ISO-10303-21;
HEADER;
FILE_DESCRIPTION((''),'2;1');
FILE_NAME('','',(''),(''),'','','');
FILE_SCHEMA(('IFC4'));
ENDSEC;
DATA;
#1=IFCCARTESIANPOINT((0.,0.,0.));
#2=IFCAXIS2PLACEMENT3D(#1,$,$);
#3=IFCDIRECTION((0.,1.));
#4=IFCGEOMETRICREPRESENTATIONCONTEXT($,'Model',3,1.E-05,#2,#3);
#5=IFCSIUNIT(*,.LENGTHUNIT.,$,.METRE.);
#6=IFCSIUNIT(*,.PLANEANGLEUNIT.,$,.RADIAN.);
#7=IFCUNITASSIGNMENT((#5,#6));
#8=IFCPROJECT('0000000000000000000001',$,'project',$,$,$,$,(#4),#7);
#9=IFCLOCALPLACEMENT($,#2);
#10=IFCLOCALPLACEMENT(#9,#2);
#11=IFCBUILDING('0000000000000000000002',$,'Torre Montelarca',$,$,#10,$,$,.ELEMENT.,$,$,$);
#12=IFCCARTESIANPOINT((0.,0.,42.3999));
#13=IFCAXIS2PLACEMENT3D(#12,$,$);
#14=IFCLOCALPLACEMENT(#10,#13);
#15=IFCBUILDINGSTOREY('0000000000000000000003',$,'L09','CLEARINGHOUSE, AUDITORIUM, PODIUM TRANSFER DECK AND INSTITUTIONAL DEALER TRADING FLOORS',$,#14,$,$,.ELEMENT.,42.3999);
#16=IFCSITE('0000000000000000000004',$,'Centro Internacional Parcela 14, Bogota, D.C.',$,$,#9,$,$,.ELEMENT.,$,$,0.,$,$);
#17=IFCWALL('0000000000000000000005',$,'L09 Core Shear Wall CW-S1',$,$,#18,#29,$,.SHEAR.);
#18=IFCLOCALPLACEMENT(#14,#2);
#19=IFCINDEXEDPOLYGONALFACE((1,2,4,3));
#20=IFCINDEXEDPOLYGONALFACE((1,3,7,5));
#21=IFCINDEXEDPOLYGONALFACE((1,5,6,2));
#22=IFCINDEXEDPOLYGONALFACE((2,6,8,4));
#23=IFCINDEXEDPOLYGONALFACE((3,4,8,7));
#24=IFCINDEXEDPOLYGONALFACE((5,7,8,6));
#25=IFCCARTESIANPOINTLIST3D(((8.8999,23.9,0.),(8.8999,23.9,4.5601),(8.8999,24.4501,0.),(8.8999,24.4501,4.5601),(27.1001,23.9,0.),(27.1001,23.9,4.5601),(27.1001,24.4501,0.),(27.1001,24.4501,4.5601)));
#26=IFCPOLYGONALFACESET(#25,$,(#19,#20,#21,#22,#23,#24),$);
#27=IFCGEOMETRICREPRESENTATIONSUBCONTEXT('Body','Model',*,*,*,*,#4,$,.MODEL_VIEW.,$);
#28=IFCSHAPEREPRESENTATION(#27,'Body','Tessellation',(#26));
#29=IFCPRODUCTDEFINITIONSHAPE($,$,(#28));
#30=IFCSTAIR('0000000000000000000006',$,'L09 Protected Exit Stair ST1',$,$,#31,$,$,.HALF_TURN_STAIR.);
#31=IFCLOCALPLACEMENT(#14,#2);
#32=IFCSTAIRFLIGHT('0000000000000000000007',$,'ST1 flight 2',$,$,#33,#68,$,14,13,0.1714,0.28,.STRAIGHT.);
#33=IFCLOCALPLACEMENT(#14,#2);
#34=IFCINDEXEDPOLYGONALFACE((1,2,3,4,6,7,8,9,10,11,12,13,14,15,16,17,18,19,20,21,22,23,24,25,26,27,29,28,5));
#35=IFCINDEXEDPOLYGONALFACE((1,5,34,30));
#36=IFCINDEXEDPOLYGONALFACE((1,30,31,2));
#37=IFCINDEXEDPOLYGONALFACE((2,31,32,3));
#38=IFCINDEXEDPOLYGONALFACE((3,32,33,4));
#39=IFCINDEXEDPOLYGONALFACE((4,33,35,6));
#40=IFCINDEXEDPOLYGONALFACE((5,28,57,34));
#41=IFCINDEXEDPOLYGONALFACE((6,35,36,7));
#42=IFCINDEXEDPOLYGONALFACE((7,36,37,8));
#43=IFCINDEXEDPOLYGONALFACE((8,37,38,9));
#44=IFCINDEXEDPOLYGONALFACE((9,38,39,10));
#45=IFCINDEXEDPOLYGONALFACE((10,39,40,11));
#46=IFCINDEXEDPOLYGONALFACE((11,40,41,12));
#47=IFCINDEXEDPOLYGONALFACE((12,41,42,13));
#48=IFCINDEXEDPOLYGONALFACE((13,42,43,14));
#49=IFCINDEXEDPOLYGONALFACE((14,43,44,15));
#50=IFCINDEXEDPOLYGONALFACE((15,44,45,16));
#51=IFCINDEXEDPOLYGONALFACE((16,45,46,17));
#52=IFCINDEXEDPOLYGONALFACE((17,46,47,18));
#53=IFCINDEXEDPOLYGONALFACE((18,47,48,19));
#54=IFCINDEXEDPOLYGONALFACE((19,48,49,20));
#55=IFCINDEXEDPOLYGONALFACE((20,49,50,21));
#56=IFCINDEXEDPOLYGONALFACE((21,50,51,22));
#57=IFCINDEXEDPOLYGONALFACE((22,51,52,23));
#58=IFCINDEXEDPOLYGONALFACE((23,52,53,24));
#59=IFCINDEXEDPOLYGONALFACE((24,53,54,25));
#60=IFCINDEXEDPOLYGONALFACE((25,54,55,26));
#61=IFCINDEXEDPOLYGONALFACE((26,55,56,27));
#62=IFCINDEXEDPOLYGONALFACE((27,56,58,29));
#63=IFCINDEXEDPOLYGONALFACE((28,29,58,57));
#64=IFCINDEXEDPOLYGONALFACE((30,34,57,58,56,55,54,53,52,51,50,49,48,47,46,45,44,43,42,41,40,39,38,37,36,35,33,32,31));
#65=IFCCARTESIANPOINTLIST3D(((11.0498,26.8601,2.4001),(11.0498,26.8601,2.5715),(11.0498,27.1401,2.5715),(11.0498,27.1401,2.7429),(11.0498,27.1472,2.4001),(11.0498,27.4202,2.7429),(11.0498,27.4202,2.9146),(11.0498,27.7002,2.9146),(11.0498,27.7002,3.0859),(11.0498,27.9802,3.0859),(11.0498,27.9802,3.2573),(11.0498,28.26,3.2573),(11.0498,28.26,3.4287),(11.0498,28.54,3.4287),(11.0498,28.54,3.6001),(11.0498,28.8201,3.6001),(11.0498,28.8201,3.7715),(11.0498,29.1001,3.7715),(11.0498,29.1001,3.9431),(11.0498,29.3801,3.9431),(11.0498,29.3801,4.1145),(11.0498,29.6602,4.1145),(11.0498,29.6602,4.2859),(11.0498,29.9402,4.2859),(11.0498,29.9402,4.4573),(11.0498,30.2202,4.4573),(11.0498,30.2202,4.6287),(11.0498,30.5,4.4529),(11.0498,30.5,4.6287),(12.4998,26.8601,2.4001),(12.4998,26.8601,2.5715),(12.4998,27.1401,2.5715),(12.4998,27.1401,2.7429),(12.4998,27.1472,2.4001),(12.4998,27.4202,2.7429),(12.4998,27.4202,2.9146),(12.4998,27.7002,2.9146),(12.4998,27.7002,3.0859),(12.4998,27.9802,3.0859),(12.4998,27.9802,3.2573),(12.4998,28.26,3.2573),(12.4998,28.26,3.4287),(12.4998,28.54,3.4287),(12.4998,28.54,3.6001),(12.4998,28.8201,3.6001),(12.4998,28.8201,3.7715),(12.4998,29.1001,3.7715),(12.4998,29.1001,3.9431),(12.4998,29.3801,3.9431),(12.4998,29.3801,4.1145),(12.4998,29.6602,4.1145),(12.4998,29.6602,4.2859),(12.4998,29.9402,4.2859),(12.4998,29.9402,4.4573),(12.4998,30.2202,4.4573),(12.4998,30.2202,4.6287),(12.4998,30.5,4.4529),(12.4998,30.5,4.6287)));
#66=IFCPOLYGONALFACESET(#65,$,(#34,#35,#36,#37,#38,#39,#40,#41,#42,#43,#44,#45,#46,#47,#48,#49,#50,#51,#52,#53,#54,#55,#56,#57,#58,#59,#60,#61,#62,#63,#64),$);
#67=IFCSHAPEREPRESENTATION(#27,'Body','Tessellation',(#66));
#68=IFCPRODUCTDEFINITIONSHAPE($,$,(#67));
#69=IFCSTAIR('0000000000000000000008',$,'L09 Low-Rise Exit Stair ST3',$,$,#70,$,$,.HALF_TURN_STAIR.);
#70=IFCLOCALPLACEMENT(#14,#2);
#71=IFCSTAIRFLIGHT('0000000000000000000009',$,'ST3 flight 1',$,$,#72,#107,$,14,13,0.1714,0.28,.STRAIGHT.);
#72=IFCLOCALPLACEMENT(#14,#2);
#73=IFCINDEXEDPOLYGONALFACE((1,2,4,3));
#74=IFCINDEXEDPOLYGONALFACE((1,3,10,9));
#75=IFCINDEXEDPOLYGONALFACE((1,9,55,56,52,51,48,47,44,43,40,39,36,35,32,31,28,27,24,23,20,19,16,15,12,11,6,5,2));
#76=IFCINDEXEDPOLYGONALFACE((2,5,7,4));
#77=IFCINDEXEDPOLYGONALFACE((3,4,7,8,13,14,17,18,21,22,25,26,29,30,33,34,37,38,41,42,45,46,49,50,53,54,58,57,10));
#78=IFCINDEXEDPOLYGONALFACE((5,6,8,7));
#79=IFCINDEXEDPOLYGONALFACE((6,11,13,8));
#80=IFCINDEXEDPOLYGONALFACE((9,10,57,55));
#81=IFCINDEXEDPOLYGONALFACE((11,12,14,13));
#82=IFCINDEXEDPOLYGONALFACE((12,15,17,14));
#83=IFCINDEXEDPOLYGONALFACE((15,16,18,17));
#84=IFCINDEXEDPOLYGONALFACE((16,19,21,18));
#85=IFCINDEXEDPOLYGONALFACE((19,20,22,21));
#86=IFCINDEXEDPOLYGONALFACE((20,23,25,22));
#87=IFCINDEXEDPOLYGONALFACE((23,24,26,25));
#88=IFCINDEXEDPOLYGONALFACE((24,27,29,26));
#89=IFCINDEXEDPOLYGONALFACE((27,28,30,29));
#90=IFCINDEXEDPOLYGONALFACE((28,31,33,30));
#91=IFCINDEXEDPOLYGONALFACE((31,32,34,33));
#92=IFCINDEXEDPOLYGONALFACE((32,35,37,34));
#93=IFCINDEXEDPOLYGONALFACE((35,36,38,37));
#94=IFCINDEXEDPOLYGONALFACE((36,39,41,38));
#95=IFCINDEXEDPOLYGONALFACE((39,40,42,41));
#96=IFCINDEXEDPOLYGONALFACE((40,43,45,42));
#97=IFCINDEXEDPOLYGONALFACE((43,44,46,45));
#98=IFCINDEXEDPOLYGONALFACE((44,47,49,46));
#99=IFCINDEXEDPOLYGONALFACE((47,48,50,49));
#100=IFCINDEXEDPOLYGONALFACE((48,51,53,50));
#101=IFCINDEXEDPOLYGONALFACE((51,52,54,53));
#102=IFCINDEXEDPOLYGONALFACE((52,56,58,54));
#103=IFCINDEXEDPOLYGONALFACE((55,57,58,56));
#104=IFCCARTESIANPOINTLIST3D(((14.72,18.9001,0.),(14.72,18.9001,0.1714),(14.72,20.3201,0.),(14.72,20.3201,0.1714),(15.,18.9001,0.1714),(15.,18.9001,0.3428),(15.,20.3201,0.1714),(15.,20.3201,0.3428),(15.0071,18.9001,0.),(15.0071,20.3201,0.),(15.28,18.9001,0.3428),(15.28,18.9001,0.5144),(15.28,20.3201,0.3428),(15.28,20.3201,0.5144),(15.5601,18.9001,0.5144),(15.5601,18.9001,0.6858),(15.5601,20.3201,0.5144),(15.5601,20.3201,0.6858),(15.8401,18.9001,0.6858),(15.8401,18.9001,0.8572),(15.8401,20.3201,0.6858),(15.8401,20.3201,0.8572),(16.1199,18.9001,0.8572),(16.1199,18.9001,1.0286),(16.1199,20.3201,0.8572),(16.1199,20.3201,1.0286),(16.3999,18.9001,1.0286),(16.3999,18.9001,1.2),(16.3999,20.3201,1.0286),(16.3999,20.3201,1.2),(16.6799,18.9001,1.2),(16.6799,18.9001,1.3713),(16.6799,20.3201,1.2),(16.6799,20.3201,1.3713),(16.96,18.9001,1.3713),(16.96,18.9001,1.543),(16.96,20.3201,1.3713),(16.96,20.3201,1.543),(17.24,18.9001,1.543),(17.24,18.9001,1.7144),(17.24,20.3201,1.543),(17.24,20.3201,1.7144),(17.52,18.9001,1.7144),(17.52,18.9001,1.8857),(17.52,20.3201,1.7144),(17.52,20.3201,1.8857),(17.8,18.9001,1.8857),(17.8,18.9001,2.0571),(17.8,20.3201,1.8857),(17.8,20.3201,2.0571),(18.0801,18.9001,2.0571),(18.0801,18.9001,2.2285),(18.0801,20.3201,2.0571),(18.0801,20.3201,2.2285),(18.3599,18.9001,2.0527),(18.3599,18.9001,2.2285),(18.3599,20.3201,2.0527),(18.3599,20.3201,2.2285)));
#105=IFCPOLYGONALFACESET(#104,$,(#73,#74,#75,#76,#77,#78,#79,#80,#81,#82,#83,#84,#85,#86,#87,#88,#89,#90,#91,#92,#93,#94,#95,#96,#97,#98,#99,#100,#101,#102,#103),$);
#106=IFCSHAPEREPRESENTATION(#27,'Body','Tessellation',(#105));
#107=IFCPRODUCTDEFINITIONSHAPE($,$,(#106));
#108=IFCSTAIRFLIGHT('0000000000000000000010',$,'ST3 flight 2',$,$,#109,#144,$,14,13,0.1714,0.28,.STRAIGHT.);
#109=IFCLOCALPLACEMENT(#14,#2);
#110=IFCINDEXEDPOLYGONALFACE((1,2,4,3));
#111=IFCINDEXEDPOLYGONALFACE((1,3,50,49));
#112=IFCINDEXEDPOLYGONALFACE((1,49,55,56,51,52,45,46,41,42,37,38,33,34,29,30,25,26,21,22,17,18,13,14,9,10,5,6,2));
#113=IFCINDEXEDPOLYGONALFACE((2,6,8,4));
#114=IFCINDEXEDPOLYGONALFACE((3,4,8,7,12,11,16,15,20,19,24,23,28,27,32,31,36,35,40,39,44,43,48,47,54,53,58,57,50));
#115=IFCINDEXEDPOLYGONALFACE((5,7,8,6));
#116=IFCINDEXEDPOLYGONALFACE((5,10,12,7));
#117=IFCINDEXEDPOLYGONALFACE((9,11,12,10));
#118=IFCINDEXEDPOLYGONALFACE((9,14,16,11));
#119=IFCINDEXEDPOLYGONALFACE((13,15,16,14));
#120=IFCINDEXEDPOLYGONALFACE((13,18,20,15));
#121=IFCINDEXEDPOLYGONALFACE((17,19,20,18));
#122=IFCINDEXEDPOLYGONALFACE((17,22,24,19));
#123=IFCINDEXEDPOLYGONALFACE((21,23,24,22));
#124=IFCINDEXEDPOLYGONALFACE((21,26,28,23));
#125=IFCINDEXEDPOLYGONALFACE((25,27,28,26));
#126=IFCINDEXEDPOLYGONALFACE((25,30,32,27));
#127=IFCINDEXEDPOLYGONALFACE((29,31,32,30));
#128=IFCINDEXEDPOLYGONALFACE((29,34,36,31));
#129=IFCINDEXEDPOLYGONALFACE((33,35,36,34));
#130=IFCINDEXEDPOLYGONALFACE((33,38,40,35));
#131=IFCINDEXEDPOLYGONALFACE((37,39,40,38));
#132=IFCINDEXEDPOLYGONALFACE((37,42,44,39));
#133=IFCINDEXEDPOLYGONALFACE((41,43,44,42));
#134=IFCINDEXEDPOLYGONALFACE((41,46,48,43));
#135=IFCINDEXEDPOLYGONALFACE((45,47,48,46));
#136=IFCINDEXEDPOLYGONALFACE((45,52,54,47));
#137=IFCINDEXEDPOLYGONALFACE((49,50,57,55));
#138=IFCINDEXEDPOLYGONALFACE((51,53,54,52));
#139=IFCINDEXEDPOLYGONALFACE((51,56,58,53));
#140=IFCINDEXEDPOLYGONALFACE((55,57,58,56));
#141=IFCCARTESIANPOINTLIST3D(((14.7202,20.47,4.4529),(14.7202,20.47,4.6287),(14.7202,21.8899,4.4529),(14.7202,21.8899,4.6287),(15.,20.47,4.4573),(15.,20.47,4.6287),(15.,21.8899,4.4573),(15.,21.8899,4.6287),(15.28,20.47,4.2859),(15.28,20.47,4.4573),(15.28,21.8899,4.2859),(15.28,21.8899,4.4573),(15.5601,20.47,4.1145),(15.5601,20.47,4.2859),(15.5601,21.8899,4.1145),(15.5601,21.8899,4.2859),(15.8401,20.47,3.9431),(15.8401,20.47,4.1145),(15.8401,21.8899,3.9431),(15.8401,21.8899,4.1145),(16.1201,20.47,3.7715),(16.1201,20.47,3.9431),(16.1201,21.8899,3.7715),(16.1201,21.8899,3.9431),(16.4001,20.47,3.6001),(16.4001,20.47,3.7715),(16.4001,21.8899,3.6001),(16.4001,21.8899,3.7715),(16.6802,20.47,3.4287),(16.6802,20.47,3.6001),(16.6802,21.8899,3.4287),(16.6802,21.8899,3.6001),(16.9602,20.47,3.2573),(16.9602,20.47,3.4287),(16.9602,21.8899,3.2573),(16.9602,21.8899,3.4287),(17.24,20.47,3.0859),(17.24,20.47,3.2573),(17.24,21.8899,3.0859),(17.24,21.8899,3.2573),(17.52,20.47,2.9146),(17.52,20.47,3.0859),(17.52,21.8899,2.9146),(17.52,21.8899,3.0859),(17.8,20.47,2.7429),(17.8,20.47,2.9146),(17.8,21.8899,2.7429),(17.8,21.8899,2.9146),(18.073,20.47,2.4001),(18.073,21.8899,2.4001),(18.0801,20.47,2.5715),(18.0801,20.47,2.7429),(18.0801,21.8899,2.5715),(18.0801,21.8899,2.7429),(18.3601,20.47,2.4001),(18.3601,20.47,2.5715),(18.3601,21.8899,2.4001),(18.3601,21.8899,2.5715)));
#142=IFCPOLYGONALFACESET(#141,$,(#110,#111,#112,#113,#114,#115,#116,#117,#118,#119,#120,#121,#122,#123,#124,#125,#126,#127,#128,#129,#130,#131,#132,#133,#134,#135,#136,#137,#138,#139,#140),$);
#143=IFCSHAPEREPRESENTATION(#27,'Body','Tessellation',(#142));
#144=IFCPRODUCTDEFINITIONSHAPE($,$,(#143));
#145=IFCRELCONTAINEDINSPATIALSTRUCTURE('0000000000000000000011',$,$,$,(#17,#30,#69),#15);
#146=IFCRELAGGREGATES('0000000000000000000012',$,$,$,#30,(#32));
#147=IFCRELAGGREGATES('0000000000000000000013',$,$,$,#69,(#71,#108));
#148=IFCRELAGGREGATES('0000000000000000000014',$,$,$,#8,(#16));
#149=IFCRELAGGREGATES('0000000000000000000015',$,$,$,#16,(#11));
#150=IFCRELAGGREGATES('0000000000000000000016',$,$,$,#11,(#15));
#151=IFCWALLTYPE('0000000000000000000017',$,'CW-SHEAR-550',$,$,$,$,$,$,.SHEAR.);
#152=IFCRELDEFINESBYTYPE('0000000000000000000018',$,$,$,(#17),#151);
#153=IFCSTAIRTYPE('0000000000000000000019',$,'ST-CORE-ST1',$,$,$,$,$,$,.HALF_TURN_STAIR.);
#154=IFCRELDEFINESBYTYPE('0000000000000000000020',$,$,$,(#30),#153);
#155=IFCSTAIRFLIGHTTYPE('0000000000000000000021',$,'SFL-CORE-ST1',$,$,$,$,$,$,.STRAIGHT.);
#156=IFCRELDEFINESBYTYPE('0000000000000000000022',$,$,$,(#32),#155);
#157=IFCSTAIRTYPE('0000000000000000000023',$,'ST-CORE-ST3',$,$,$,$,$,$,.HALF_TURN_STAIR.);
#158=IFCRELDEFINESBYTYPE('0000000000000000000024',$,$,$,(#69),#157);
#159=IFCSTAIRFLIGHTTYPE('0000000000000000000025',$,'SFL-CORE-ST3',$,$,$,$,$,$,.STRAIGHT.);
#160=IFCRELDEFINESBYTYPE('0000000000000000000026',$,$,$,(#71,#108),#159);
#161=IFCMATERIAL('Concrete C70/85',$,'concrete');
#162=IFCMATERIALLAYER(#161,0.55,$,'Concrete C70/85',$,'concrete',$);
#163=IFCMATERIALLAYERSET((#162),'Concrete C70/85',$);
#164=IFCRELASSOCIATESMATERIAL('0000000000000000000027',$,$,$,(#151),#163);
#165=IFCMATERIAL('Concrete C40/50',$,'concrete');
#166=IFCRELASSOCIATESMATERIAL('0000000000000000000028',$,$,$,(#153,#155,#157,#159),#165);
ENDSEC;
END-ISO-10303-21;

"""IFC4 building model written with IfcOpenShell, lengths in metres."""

from ifc_helpers import new_model, si_unit, direction, frame, frame_2d, origin, place, context, subcontext, project, spatial, polyline, rectangle, outline, extrude, material, layer, layer_set, type_object, element, aggregate, save


model = new_model("IFC4")

# Units and contexts
model_context = context("Model", 3, precision=1e-05, world=origin(), true_north=direction((0.0, 1.0)))
body_context = subcontext(model_context, "Body", "Model", "MODEL_VIEW")
ifc_project = project(units=[si_unit("LENGTHUNIT", "METRE"), si_unit("PLANEANGLEUNIT", "RADIAN")], contexts=[model_context])

# Site, building, storey
site_placement = place(None, origin())
site = spatial("IfcSite", under=ifc_project, at=site_placement, Name="Centro Internacional Parcela 14, Bogota, D.C.", CompositionType="ELEMENT", RefElevation=0.0)
building_placement = place(site_placement, origin())
building = spatial("IfcBuilding", under=site, at=building_placement, Name="Torre Montelarca", CompositionType="ELEMENT")
storey_placement = place(building_placement, frame((0.0, 0.0, 42.3999)))
storey = spatial("IfcBuildingStorey", under=building, at=storey_placement, Name="L09", Description="CLEARINGHOUSE, AUDITORIUM, PODIUM TRANSFER DECK AND INSTITUTIONAL DEALER TRADING FLOORS", CompositionType="ELEMENT", Elevation=42.3999)

# Shared definitions
ifc_material_1 = material(Name="Concrete C70/85", Category="concrete")

# Shared definitions
ifc_material_2 = material(Name="Concrete C40/50", Category="concrete")

# Wall
ifc_layer_1 = layer(ifc_material_1, 0.55, Name="Concrete C70/85", Category="concrete")
ifc_layer_set_1 = layer_set([ifc_layer_1], Name="Concrete C70/85")
wall_type_1 = type_object("IfcWallType", Name="CW-SHEAR-550", PredefinedType="SHEAR", material=ifc_layer_set_1)
wall_1_placement = place(storey_placement, frame((8.8999, 24.175, 0.0), z_axis=(0.0, 0.0, 1.0), x_axis=(1.0, 0.0, 0.0)))
element("IfcWall", 1, at=wall_1_placement, inside=storey, type_object=wall_type_1, Name="L09 Core Shear Wall CW-S1", PredefinedType="SHEAR", context=body_context, shape_type="SweptSolid", body=[
    extrude(rectangle(XDim=18.2002, YDim=0.55, at=frame_2d((9.1001, 0.0))), origin(), (0.0, 0.0, 1.0), 4.5601),
])

# Stair, stair flight
stair_type_1 = type_object("IfcStairType", Name="ST-CORE-ST1", PredefinedType="HALF_TURN_STAIR", material=ifc_material_2)
stair_1_placement = place(storey_placement, origin())
stair_1 = element("IfcStair", 2, at=stair_1_placement, inside=storey, type_object=stair_type_1, Name="L09 Protected Exit Stair ST1", PredefinedType="HALF_TURN_STAIR")
stair_flight_type_1 = type_object("IfcStairFlightType", Name="SFL-CORE-ST1", PredefinedType="STRAIGHT", material=ifc_material_2)
stair_flight_1_placement = place(storey_placement, frame((11.7749, 26.8601, 2.4001), z_axis=(0.0, 0.0, 1.0), x_axis=(0.0, 1.0, 0.0)))
stair_flight_1 = element("IfcStairFlight", 3, at=stair_flight_1_placement, type_object=stair_flight_type_1, Name="ST1 flight 2", NumberOfRisers=14, NumberOfTreads=13, PredefinedType="STRAIGHT", RiserHeight=0.1714, TreadLength=0.28, context=body_context, shape_type="SweptSolid", body=[
    extrude(outline(polyline([(0.0, 0.0), (0.0, 0.1714), (0.28, 0.1714), (0.28, 0.3428), (0.5601, 0.3428), (0.5601, 0.5144), (0.8401, 0.5144), (0.8401, 0.6858), (1.1201, 0.6858), (1.1201, 0.8572), (1.3999, 0.8572), (1.3999, 1.0286), (1.6799, 1.0286), (1.6799, 1.2), (1.96, 1.2), (1.96, 1.3713), (2.24, 1.3713), (2.24, 1.543), (2.52, 1.543), (2.52, 1.7144), (2.8, 1.7144), (2.8, 1.8857), (3.0801, 1.8857), (3.0801, 2.0571), (3.3601, 2.0571), (3.3601, 2.2285), (3.6399, 2.2285), (3.6399, 2.3999), (3.6399, 2.0527), (0.2871, 0.0), (0.0, 0.0)])), frame((0.0, 0.7251, 0.0), z_axis=(0.0, -1.0, 0.0), x_axis=(1.0, 0.0, 0.0)), (0.0, 0.0, 1.0), 1.45),
])
aggregate(stair_1, [stair_flight_1])

# Stair, stair flights
stair_type_2 = type_object("IfcStairType", Name="ST-CORE-ST3", PredefinedType="HALF_TURN_STAIR", material=ifc_material_2)
stair_2_placement = place(storey_placement, origin())
stair_2 = element("IfcStair", 4, at=stair_2_placement, inside=storey, type_object=stair_type_2, Name="L09 Low-Rise Exit Stair ST3", PredefinedType="HALF_TURN_STAIR")
stair_flight_type_2 = type_object("IfcStairFlightType", Name="SFL-CORE-ST3", PredefinedType="STRAIGHT", material=ifc_material_2)
stair_flight_2_placement = place(storey_placement, frame((14.72, 19.6101, 0.0), z_axis=(0.0, 0.0, 1.0), x_axis=(1.0, 0.0, 0.0)))
stair_flight_2 = element("IfcStairFlight", 5, at=stair_flight_2_placement, type_object=stair_flight_type_2, Name="ST3 flight 1", NumberOfRisers=14, NumberOfTreads=13, PredefinedType="STRAIGHT", RiserHeight=0.1714, TreadLength=0.28, context=body_context, shape_type="SweptSolid", body=[
    extrude(outline(polyline([(0.0, 0.0), (0.0, 0.1714), (0.28, 0.1714), (0.28, 0.3428), (0.5601, 0.3428), (0.5601, 0.5144), (0.8401, 0.5144), (0.8401, 0.6858), (1.1201, 0.6858), (1.1201, 0.8572), (1.3999, 0.8572), (1.3999, 1.0286), (1.6799, 1.0286), (1.6799, 1.2), (1.96, 1.2), (1.96, 1.3713), (2.24, 1.3713), (2.24, 1.543), (2.52, 1.543), (2.52, 1.7144), (2.8, 1.7144), (2.8, 1.8857), (3.0801, 1.8857), (3.0801, 2.0571), (3.3601, 2.0571), (3.3601, 2.2285), (3.6399, 2.2285), (3.6399, 2.3999), (3.6399, 2.0527), (0.2871, 0.0), (0.0, 0.0)])), frame((0.0, 0.71, 0.0), z_axis=(0.0, -1.0, 0.0), x_axis=(1.0, 0.0, 0.0)), (0.0, 0.0, 1.0), 1.4199),
])
stair_flight_3_placement = place(storey_placement, frame((18.3601, 21.1799, 2.4001), z_axis=(0.0, 0.0, 1.0), x_axis=(-1.0, 0.0, 0.0)))
stair_flight_3 = element("IfcStairFlight", 6, at=stair_flight_3_placement, type_object=stair_flight_type_2, Name="ST3 flight 2", NumberOfRisers=14, NumberOfTreads=13, PredefinedType="STRAIGHT", RiserHeight=0.1714, TreadLength=0.28, context=body_context, shape_type="SweptSolid", body=[
    extrude(outline(polyline([(0.0, 0.0), (0.0, 0.1714), (0.28, 0.1714), (0.28, 0.3428), (0.5601, 0.3428), (0.5601, 0.5144), (0.8401, 0.5144), (0.8401, 0.6858), (1.1201, 0.6858), (1.1201, 0.8572), (1.3999, 0.8572), (1.3999, 1.0286), (1.6799, 1.0286), (1.6799, 1.2), (1.96, 1.2), (1.96, 1.3713), (2.24, 1.3713), (2.24, 1.543), (2.52, 1.543), (2.52, 1.7144), (2.8, 1.7144), (2.8, 1.8857), (3.0801, 1.8857), (3.0801, 2.0571), (3.3601, 2.0571), (3.3601, 2.2285), (3.6399, 2.2285), (3.6399, 2.3999), (3.6399, 2.0527), (0.2871, 0.0), (0.0, 0.0)])), frame((0.0, 0.71, 0.0), z_axis=(0.0, -1.0, 0.0), x_axis=(1.0, 0.0, 0.0)), (0.0, 0.0, 1.0), 1.4199),
])
aggregate(stair_2, [stair_flight_2, stair_flight_3])

save(model, "model.ifc")
